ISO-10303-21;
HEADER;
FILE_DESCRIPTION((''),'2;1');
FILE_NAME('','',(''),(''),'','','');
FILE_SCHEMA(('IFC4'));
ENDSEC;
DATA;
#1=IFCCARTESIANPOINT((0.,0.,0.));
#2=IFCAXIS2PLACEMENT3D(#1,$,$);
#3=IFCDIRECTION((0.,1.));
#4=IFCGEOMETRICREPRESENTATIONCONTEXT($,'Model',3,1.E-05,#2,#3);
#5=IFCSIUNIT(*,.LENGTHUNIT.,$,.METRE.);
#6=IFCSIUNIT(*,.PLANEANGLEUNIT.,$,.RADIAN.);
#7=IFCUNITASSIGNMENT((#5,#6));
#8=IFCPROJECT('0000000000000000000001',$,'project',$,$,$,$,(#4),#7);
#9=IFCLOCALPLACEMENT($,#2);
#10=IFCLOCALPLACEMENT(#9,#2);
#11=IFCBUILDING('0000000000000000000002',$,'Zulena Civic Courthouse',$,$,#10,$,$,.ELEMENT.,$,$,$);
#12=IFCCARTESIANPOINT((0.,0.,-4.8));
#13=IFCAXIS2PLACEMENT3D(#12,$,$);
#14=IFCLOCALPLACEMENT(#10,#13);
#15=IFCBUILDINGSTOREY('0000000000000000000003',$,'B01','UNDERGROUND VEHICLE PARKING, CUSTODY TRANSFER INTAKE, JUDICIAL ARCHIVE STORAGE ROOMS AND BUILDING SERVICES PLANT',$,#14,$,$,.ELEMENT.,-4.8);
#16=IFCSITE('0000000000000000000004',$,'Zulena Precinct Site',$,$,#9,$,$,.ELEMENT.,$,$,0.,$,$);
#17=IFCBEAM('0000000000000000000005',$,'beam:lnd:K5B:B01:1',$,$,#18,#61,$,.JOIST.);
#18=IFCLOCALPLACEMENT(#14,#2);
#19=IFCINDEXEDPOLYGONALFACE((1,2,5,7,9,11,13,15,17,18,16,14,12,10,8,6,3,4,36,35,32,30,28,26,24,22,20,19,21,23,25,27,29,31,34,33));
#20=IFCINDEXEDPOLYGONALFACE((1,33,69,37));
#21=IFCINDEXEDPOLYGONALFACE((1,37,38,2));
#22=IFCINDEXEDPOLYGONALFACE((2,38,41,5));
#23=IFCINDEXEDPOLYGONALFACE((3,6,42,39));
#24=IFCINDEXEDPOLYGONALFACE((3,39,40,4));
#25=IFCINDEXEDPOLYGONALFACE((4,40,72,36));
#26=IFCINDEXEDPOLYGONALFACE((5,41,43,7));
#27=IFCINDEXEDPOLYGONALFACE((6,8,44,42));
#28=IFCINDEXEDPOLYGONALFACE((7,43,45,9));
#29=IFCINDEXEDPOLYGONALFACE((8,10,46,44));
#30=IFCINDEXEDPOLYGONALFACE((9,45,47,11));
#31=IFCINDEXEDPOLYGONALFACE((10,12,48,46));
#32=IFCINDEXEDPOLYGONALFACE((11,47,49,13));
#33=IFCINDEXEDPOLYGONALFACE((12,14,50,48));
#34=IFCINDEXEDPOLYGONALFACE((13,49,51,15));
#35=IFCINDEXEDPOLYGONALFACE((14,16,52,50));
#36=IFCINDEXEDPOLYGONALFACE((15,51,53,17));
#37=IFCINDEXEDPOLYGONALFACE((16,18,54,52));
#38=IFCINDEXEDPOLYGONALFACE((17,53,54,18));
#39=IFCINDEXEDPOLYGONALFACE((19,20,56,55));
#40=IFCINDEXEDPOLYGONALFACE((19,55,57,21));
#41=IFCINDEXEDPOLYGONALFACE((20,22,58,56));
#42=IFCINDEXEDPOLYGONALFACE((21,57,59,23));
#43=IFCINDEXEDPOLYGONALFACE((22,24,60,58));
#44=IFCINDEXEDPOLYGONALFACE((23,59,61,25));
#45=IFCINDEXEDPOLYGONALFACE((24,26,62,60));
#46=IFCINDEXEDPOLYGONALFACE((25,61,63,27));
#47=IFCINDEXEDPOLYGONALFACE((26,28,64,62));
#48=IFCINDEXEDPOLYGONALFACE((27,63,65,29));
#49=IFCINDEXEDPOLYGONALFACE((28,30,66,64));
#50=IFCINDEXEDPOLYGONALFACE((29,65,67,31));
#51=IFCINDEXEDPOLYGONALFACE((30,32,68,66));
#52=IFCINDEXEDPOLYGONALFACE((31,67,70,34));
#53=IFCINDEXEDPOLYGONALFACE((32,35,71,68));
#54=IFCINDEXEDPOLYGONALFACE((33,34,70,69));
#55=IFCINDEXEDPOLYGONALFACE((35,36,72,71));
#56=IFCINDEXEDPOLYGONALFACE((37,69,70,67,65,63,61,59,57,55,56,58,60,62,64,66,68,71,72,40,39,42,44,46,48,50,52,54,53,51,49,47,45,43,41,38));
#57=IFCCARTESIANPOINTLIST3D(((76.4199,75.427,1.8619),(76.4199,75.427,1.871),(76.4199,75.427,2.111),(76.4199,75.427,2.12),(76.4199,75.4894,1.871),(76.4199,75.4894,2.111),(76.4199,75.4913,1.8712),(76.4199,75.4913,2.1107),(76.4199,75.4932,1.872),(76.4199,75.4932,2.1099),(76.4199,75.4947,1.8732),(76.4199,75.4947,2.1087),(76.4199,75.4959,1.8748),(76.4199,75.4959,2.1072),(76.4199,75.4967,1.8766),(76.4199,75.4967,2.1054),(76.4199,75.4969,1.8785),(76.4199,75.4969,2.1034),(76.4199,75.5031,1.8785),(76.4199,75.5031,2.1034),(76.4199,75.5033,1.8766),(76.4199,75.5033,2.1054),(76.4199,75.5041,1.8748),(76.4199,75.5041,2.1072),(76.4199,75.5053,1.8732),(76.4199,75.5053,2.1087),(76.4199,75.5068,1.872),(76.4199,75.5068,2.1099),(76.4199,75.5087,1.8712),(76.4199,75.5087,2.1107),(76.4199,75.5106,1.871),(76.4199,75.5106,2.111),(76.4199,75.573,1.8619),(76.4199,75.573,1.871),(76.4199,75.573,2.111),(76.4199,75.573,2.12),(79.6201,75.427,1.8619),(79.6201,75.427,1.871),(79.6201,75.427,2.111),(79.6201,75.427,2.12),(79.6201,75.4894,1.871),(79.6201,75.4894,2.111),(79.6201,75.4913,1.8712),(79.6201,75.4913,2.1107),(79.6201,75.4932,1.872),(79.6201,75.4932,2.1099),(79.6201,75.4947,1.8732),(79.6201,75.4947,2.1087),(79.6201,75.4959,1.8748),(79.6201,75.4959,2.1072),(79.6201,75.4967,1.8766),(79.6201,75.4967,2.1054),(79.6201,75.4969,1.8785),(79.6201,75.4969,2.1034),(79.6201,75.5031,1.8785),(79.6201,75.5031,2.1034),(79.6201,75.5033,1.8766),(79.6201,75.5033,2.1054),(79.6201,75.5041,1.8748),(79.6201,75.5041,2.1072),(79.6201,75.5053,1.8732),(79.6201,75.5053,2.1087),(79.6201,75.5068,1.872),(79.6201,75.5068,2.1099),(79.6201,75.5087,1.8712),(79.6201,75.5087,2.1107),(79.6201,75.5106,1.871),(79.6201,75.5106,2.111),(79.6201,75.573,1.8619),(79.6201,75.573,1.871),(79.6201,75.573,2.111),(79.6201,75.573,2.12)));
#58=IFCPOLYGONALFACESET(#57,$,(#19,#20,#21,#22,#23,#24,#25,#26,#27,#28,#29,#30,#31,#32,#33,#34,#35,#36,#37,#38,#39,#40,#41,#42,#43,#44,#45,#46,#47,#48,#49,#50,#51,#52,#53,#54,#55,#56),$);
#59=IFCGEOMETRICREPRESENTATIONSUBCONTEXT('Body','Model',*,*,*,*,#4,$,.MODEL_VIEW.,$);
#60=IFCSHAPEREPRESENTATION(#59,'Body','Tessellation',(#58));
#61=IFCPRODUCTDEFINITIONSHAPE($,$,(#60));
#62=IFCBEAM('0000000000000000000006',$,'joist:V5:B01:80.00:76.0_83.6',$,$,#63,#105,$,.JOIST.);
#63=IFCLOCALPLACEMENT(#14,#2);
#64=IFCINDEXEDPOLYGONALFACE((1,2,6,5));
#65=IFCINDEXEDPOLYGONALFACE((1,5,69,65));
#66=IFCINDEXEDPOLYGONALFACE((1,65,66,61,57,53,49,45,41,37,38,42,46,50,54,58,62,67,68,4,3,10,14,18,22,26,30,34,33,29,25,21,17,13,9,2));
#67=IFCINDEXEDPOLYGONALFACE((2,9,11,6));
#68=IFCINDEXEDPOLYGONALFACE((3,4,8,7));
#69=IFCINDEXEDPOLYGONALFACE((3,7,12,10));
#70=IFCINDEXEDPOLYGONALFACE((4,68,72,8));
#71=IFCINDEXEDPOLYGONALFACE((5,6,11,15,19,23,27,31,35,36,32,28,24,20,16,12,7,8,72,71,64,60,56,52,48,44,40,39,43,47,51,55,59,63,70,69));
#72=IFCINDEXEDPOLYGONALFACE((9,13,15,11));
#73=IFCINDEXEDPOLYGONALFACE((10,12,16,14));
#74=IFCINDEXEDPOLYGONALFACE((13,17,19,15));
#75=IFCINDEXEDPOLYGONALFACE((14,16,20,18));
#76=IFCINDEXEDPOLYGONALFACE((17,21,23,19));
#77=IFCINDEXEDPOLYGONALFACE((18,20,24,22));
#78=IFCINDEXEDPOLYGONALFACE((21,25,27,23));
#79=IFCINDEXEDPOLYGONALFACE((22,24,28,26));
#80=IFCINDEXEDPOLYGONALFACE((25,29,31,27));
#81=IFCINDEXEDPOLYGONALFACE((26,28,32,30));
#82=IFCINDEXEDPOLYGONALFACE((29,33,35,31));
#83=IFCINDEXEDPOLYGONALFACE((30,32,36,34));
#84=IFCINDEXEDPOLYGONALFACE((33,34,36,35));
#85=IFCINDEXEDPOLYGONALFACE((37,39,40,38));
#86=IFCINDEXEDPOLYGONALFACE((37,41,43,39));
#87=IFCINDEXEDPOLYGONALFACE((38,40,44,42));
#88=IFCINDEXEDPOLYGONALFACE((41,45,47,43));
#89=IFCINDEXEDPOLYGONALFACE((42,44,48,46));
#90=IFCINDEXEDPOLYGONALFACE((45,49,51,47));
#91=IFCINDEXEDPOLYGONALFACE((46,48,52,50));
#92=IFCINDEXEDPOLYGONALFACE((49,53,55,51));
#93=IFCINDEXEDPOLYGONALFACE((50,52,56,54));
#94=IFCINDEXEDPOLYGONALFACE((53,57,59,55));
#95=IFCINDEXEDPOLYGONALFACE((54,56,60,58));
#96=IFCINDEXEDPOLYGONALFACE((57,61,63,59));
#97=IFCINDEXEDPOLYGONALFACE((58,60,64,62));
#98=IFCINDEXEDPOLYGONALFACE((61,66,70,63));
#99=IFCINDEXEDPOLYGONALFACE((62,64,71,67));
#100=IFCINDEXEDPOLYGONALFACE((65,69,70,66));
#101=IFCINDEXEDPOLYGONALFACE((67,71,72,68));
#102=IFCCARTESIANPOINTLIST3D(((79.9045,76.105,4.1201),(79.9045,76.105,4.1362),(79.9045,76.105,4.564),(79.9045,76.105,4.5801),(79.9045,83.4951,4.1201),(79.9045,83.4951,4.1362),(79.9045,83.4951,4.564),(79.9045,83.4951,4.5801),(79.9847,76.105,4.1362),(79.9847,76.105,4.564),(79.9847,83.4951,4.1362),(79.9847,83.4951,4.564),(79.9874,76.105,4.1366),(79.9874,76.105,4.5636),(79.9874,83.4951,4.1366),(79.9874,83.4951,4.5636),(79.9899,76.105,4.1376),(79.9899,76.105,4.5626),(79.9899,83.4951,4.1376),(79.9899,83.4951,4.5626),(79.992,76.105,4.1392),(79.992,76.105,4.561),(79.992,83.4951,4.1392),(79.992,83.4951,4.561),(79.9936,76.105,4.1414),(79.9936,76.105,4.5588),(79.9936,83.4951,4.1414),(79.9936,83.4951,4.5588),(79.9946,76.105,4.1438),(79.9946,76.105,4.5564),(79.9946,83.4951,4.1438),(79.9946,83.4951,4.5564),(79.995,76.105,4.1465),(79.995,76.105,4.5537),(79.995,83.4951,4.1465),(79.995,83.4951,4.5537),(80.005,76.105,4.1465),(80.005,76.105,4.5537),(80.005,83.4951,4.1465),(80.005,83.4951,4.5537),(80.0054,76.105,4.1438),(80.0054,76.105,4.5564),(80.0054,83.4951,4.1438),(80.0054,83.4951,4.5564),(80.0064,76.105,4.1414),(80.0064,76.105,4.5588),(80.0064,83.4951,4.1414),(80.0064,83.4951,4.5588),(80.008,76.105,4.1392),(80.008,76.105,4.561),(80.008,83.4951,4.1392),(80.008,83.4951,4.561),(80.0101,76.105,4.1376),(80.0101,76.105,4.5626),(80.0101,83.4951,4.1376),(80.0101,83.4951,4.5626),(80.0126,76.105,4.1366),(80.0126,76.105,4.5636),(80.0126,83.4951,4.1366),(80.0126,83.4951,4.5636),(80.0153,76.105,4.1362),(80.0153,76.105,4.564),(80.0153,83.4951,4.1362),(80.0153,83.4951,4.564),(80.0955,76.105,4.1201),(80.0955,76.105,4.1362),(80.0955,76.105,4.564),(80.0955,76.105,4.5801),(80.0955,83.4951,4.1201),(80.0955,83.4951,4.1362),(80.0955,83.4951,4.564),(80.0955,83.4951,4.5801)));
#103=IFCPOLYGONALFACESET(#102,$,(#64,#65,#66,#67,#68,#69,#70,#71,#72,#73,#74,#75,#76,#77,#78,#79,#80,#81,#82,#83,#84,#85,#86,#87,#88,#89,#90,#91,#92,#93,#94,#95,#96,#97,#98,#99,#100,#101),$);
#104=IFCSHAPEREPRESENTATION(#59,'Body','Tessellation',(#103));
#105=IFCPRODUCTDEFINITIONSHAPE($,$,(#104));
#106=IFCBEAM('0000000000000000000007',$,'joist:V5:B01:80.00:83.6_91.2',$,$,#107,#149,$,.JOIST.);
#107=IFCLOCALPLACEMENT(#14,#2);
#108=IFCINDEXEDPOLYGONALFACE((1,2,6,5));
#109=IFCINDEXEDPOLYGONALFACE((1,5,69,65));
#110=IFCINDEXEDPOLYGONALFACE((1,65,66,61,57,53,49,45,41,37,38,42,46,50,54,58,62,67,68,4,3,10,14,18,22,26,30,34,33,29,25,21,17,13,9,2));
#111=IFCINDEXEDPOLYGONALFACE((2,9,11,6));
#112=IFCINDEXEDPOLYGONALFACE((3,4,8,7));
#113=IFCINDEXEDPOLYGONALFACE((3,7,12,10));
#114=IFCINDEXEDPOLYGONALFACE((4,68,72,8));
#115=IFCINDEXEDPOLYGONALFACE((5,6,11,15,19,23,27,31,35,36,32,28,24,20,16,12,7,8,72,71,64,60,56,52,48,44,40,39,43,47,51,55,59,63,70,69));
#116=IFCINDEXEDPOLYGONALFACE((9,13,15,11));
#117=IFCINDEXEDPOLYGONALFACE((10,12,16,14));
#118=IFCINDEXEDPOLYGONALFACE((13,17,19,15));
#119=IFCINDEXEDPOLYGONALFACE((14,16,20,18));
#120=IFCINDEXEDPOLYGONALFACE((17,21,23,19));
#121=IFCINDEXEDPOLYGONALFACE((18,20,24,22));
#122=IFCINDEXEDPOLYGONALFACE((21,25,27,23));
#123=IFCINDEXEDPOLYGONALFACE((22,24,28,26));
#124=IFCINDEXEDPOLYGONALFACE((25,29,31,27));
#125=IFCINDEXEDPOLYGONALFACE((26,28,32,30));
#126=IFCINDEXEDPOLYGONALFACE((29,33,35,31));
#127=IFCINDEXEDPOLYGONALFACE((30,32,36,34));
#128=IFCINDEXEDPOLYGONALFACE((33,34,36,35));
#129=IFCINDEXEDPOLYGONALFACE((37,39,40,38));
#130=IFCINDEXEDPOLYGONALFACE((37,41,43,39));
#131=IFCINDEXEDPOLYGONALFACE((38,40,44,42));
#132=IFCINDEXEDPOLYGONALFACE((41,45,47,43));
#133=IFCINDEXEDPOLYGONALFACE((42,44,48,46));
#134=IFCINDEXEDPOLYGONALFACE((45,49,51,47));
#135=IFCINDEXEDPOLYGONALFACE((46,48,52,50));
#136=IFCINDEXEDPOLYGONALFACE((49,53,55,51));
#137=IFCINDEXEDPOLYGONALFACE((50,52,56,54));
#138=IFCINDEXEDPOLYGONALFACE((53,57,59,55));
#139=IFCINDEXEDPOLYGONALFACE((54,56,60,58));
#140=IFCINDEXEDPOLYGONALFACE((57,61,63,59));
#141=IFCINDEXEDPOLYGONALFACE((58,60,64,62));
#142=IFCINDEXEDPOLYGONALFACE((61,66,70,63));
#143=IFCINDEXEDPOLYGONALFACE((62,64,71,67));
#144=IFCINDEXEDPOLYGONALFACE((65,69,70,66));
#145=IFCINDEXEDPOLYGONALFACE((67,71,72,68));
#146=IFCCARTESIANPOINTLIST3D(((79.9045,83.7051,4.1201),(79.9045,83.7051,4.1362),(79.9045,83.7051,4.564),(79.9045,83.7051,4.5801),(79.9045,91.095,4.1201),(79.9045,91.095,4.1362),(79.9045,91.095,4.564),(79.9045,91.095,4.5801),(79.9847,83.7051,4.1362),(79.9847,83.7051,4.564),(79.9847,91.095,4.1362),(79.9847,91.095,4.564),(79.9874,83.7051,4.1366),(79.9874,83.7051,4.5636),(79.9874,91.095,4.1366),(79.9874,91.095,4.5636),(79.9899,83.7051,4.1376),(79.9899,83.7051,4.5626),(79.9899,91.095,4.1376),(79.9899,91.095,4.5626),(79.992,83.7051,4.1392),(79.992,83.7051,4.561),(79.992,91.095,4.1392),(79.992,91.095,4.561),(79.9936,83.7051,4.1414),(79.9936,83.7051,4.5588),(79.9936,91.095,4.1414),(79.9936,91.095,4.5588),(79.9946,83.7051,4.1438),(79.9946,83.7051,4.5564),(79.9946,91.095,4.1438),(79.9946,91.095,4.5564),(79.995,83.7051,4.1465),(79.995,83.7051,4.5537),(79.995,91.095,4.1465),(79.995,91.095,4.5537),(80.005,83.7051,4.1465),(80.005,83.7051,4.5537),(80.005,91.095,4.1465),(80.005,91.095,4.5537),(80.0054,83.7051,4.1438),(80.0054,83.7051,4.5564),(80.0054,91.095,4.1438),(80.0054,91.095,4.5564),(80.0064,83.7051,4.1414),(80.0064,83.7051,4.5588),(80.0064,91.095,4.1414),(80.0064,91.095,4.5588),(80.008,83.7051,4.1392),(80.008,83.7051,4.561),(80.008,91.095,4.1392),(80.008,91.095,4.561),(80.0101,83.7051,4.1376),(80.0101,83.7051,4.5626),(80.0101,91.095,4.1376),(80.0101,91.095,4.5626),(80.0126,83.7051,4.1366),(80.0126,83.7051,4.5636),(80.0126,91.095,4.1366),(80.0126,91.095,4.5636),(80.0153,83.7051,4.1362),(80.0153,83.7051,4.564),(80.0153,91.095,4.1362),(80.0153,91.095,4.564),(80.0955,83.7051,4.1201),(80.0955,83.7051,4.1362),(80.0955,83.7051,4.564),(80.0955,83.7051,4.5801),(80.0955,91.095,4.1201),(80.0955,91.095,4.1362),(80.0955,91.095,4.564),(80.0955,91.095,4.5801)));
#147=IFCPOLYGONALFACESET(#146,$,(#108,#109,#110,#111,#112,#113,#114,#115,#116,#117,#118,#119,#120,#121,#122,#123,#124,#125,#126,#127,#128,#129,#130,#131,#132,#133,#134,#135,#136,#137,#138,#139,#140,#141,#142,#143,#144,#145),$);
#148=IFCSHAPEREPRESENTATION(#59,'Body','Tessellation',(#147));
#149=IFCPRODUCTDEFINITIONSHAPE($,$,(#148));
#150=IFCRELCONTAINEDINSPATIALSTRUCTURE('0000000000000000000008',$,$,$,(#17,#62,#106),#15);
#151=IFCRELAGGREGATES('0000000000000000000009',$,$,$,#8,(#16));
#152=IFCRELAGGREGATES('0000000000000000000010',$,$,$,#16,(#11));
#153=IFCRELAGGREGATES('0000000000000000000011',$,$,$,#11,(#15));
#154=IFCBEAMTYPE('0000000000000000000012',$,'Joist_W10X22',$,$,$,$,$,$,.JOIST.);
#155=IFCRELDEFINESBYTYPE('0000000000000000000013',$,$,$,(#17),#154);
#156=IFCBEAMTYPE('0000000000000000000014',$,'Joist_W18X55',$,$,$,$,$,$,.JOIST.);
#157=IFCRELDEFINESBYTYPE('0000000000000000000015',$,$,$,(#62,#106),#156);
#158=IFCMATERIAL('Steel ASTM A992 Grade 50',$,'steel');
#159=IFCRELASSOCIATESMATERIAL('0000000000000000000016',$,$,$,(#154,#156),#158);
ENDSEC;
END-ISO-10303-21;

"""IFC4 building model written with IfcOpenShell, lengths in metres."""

from ifc_helpers import new_model, si_unit, direction, frame, origin, origin_2d, place, context, subcontext, project, spatial, i_section, extrude, material, material_profile, profile_set, type_object, element, save


model = new_model("IFC4")

# Units and contexts
model_context = context("Model", 3, precision=1e-05, world=origin(), true_north=direction((0.0, 1.0)))
body_context = subcontext(model_context, "Body", "Model", "MODEL_VIEW")
ifc_project = project(units=[si_unit("LENGTHUNIT", "METRE"), si_unit("PLANEANGLEUNIT", "RADIAN")], contexts=[model_context])

# Site, building, storey
site_placement = place(None, origin())
site = spatial("IfcSite", under=ifc_project, at=site_placement, Name="Zulena Precinct Site", CompositionType="ELEMENT", RefElevation=0.0)
building_placement = place(site_placement, origin())
building = spatial("IfcBuilding", under=site, at=building_placement, Name="Zulena Civic Courthouse", CompositionType="ELEMENT")
storey_placement = place(building_placement, frame((0.0, 0.0, -4.8)))
storey = spatial("IfcBuildingStorey", under=building, at=storey_placement, Name="B01", Description="UNDERGROUND VEHICLE PARKING, CUSTODY TRANSFER INTAKE, JUDICIAL ARCHIVE STORAGE ROOMS AND BUILDING SERVICES PLANT", CompositionType="ELEMENT", Elevation=-4.8)

# Shared definitions
ifc_material_1 = material(Name="Steel ASTM A992 Grade 50", Category="steel")

# Beams
ifc_material_profile_1 = material_profile(ifc_material_1, i_section(OverallWidth=0.146, OverallDepth=0.2581, WebThickness=0.0061, FlangeThickness=0.009, FilletRadius=0.0076, at=origin_2d()), Name="W10X22")
ifc_profile_set_1 = profile_set([ifc_material_profile_1], Name="Steel ASTM A992 Grade 50")
beam_type_1 = type_object("IfcBeamType", Name="Joist_W10X22", PredefinedType="JOIST", material=ifc_profile_set_1)
beam_1_placement = place(storey_placement, frame((76.4199, 75.5, 1.991), z_axis=(1.0, 0.0, 0.0), x_axis=(0.0, 1.0, 0.0)))
element("IfcBeam", 1, at=beam_1_placement, inside=storey, type_object=beam_type_1, Name="beam:lnd:K5B:B01:1", PredefinedType="JOIST", context=body_context, shape_type="SweptSolid", body=[
    extrude(i_section(OverallWidth=0.146, OverallDepth=0.2581, WebThickness=0.0061, FlangeThickness=0.009, FilletRadius=0.0076, at=origin_2d()), origin(), (0.0, 0.0, 1.0), 3.2002),
])
ifc_material_profile_2 = material_profile(ifc_material_1, i_section(OverallWidth=0.1909, OverallDepth=0.46, WebThickness=0.01, FlangeThickness=0.0161, FilletRadius=0.0103, at=origin_2d()), Name="W18X55")
ifc_profile_set_2 = profile_set([ifc_material_profile_2], Name="Steel ASTM A992 Grade 50")
beam_type_2 = type_object("IfcBeamType", Name="Joist_W18X55", PredefinedType="JOIST", material=ifc_profile_set_2)
beam_2_placement = place(storey_placement, frame((80.0, 76.105, 4.3501), z_axis=(0.0, 1.0, 0.0), x_axis=(-1.0, 0.0, 0.0)))
element("IfcBeam", 2, at=beam_2_placement, inside=storey, type_object=beam_type_2, Name="joist:V5:B01:80.00:76.0_83.6", PredefinedType="JOIST", context=body_context, shape_type="SweptSolid", body=[
    extrude(i_section(OverallWidth=0.1909, OverallDepth=0.46, WebThickness=0.01, FlangeThickness=0.0161, FilletRadius=0.0103, at=origin_2d()), origin(), (0.0, 0.0, 1.0), 7.3901),
])
beam_3_placement = place(storey_placement, frame((80.0, 83.7051, 4.3501), z_axis=(0.0, 1.0, 0.0), x_axis=(-1.0, 0.0, 0.0)))
element("IfcBeam", 3, at=beam_3_placement, inside=storey, type_object=beam_type_2, Name="joist:V5:B01:80.00:83.6_91.2", PredefinedType="JOIST", context=body_context, shape_type="SweptSolid", body=[
    extrude(i_section(OverallWidth=0.1909, OverallDepth=0.46, WebThickness=0.01, FlangeThickness=0.0161, FilletRadius=0.0103, at=origin_2d()), origin(), (0.0, 0.0, 1.0), 7.3899),
])

save(model, "model.ifc")
